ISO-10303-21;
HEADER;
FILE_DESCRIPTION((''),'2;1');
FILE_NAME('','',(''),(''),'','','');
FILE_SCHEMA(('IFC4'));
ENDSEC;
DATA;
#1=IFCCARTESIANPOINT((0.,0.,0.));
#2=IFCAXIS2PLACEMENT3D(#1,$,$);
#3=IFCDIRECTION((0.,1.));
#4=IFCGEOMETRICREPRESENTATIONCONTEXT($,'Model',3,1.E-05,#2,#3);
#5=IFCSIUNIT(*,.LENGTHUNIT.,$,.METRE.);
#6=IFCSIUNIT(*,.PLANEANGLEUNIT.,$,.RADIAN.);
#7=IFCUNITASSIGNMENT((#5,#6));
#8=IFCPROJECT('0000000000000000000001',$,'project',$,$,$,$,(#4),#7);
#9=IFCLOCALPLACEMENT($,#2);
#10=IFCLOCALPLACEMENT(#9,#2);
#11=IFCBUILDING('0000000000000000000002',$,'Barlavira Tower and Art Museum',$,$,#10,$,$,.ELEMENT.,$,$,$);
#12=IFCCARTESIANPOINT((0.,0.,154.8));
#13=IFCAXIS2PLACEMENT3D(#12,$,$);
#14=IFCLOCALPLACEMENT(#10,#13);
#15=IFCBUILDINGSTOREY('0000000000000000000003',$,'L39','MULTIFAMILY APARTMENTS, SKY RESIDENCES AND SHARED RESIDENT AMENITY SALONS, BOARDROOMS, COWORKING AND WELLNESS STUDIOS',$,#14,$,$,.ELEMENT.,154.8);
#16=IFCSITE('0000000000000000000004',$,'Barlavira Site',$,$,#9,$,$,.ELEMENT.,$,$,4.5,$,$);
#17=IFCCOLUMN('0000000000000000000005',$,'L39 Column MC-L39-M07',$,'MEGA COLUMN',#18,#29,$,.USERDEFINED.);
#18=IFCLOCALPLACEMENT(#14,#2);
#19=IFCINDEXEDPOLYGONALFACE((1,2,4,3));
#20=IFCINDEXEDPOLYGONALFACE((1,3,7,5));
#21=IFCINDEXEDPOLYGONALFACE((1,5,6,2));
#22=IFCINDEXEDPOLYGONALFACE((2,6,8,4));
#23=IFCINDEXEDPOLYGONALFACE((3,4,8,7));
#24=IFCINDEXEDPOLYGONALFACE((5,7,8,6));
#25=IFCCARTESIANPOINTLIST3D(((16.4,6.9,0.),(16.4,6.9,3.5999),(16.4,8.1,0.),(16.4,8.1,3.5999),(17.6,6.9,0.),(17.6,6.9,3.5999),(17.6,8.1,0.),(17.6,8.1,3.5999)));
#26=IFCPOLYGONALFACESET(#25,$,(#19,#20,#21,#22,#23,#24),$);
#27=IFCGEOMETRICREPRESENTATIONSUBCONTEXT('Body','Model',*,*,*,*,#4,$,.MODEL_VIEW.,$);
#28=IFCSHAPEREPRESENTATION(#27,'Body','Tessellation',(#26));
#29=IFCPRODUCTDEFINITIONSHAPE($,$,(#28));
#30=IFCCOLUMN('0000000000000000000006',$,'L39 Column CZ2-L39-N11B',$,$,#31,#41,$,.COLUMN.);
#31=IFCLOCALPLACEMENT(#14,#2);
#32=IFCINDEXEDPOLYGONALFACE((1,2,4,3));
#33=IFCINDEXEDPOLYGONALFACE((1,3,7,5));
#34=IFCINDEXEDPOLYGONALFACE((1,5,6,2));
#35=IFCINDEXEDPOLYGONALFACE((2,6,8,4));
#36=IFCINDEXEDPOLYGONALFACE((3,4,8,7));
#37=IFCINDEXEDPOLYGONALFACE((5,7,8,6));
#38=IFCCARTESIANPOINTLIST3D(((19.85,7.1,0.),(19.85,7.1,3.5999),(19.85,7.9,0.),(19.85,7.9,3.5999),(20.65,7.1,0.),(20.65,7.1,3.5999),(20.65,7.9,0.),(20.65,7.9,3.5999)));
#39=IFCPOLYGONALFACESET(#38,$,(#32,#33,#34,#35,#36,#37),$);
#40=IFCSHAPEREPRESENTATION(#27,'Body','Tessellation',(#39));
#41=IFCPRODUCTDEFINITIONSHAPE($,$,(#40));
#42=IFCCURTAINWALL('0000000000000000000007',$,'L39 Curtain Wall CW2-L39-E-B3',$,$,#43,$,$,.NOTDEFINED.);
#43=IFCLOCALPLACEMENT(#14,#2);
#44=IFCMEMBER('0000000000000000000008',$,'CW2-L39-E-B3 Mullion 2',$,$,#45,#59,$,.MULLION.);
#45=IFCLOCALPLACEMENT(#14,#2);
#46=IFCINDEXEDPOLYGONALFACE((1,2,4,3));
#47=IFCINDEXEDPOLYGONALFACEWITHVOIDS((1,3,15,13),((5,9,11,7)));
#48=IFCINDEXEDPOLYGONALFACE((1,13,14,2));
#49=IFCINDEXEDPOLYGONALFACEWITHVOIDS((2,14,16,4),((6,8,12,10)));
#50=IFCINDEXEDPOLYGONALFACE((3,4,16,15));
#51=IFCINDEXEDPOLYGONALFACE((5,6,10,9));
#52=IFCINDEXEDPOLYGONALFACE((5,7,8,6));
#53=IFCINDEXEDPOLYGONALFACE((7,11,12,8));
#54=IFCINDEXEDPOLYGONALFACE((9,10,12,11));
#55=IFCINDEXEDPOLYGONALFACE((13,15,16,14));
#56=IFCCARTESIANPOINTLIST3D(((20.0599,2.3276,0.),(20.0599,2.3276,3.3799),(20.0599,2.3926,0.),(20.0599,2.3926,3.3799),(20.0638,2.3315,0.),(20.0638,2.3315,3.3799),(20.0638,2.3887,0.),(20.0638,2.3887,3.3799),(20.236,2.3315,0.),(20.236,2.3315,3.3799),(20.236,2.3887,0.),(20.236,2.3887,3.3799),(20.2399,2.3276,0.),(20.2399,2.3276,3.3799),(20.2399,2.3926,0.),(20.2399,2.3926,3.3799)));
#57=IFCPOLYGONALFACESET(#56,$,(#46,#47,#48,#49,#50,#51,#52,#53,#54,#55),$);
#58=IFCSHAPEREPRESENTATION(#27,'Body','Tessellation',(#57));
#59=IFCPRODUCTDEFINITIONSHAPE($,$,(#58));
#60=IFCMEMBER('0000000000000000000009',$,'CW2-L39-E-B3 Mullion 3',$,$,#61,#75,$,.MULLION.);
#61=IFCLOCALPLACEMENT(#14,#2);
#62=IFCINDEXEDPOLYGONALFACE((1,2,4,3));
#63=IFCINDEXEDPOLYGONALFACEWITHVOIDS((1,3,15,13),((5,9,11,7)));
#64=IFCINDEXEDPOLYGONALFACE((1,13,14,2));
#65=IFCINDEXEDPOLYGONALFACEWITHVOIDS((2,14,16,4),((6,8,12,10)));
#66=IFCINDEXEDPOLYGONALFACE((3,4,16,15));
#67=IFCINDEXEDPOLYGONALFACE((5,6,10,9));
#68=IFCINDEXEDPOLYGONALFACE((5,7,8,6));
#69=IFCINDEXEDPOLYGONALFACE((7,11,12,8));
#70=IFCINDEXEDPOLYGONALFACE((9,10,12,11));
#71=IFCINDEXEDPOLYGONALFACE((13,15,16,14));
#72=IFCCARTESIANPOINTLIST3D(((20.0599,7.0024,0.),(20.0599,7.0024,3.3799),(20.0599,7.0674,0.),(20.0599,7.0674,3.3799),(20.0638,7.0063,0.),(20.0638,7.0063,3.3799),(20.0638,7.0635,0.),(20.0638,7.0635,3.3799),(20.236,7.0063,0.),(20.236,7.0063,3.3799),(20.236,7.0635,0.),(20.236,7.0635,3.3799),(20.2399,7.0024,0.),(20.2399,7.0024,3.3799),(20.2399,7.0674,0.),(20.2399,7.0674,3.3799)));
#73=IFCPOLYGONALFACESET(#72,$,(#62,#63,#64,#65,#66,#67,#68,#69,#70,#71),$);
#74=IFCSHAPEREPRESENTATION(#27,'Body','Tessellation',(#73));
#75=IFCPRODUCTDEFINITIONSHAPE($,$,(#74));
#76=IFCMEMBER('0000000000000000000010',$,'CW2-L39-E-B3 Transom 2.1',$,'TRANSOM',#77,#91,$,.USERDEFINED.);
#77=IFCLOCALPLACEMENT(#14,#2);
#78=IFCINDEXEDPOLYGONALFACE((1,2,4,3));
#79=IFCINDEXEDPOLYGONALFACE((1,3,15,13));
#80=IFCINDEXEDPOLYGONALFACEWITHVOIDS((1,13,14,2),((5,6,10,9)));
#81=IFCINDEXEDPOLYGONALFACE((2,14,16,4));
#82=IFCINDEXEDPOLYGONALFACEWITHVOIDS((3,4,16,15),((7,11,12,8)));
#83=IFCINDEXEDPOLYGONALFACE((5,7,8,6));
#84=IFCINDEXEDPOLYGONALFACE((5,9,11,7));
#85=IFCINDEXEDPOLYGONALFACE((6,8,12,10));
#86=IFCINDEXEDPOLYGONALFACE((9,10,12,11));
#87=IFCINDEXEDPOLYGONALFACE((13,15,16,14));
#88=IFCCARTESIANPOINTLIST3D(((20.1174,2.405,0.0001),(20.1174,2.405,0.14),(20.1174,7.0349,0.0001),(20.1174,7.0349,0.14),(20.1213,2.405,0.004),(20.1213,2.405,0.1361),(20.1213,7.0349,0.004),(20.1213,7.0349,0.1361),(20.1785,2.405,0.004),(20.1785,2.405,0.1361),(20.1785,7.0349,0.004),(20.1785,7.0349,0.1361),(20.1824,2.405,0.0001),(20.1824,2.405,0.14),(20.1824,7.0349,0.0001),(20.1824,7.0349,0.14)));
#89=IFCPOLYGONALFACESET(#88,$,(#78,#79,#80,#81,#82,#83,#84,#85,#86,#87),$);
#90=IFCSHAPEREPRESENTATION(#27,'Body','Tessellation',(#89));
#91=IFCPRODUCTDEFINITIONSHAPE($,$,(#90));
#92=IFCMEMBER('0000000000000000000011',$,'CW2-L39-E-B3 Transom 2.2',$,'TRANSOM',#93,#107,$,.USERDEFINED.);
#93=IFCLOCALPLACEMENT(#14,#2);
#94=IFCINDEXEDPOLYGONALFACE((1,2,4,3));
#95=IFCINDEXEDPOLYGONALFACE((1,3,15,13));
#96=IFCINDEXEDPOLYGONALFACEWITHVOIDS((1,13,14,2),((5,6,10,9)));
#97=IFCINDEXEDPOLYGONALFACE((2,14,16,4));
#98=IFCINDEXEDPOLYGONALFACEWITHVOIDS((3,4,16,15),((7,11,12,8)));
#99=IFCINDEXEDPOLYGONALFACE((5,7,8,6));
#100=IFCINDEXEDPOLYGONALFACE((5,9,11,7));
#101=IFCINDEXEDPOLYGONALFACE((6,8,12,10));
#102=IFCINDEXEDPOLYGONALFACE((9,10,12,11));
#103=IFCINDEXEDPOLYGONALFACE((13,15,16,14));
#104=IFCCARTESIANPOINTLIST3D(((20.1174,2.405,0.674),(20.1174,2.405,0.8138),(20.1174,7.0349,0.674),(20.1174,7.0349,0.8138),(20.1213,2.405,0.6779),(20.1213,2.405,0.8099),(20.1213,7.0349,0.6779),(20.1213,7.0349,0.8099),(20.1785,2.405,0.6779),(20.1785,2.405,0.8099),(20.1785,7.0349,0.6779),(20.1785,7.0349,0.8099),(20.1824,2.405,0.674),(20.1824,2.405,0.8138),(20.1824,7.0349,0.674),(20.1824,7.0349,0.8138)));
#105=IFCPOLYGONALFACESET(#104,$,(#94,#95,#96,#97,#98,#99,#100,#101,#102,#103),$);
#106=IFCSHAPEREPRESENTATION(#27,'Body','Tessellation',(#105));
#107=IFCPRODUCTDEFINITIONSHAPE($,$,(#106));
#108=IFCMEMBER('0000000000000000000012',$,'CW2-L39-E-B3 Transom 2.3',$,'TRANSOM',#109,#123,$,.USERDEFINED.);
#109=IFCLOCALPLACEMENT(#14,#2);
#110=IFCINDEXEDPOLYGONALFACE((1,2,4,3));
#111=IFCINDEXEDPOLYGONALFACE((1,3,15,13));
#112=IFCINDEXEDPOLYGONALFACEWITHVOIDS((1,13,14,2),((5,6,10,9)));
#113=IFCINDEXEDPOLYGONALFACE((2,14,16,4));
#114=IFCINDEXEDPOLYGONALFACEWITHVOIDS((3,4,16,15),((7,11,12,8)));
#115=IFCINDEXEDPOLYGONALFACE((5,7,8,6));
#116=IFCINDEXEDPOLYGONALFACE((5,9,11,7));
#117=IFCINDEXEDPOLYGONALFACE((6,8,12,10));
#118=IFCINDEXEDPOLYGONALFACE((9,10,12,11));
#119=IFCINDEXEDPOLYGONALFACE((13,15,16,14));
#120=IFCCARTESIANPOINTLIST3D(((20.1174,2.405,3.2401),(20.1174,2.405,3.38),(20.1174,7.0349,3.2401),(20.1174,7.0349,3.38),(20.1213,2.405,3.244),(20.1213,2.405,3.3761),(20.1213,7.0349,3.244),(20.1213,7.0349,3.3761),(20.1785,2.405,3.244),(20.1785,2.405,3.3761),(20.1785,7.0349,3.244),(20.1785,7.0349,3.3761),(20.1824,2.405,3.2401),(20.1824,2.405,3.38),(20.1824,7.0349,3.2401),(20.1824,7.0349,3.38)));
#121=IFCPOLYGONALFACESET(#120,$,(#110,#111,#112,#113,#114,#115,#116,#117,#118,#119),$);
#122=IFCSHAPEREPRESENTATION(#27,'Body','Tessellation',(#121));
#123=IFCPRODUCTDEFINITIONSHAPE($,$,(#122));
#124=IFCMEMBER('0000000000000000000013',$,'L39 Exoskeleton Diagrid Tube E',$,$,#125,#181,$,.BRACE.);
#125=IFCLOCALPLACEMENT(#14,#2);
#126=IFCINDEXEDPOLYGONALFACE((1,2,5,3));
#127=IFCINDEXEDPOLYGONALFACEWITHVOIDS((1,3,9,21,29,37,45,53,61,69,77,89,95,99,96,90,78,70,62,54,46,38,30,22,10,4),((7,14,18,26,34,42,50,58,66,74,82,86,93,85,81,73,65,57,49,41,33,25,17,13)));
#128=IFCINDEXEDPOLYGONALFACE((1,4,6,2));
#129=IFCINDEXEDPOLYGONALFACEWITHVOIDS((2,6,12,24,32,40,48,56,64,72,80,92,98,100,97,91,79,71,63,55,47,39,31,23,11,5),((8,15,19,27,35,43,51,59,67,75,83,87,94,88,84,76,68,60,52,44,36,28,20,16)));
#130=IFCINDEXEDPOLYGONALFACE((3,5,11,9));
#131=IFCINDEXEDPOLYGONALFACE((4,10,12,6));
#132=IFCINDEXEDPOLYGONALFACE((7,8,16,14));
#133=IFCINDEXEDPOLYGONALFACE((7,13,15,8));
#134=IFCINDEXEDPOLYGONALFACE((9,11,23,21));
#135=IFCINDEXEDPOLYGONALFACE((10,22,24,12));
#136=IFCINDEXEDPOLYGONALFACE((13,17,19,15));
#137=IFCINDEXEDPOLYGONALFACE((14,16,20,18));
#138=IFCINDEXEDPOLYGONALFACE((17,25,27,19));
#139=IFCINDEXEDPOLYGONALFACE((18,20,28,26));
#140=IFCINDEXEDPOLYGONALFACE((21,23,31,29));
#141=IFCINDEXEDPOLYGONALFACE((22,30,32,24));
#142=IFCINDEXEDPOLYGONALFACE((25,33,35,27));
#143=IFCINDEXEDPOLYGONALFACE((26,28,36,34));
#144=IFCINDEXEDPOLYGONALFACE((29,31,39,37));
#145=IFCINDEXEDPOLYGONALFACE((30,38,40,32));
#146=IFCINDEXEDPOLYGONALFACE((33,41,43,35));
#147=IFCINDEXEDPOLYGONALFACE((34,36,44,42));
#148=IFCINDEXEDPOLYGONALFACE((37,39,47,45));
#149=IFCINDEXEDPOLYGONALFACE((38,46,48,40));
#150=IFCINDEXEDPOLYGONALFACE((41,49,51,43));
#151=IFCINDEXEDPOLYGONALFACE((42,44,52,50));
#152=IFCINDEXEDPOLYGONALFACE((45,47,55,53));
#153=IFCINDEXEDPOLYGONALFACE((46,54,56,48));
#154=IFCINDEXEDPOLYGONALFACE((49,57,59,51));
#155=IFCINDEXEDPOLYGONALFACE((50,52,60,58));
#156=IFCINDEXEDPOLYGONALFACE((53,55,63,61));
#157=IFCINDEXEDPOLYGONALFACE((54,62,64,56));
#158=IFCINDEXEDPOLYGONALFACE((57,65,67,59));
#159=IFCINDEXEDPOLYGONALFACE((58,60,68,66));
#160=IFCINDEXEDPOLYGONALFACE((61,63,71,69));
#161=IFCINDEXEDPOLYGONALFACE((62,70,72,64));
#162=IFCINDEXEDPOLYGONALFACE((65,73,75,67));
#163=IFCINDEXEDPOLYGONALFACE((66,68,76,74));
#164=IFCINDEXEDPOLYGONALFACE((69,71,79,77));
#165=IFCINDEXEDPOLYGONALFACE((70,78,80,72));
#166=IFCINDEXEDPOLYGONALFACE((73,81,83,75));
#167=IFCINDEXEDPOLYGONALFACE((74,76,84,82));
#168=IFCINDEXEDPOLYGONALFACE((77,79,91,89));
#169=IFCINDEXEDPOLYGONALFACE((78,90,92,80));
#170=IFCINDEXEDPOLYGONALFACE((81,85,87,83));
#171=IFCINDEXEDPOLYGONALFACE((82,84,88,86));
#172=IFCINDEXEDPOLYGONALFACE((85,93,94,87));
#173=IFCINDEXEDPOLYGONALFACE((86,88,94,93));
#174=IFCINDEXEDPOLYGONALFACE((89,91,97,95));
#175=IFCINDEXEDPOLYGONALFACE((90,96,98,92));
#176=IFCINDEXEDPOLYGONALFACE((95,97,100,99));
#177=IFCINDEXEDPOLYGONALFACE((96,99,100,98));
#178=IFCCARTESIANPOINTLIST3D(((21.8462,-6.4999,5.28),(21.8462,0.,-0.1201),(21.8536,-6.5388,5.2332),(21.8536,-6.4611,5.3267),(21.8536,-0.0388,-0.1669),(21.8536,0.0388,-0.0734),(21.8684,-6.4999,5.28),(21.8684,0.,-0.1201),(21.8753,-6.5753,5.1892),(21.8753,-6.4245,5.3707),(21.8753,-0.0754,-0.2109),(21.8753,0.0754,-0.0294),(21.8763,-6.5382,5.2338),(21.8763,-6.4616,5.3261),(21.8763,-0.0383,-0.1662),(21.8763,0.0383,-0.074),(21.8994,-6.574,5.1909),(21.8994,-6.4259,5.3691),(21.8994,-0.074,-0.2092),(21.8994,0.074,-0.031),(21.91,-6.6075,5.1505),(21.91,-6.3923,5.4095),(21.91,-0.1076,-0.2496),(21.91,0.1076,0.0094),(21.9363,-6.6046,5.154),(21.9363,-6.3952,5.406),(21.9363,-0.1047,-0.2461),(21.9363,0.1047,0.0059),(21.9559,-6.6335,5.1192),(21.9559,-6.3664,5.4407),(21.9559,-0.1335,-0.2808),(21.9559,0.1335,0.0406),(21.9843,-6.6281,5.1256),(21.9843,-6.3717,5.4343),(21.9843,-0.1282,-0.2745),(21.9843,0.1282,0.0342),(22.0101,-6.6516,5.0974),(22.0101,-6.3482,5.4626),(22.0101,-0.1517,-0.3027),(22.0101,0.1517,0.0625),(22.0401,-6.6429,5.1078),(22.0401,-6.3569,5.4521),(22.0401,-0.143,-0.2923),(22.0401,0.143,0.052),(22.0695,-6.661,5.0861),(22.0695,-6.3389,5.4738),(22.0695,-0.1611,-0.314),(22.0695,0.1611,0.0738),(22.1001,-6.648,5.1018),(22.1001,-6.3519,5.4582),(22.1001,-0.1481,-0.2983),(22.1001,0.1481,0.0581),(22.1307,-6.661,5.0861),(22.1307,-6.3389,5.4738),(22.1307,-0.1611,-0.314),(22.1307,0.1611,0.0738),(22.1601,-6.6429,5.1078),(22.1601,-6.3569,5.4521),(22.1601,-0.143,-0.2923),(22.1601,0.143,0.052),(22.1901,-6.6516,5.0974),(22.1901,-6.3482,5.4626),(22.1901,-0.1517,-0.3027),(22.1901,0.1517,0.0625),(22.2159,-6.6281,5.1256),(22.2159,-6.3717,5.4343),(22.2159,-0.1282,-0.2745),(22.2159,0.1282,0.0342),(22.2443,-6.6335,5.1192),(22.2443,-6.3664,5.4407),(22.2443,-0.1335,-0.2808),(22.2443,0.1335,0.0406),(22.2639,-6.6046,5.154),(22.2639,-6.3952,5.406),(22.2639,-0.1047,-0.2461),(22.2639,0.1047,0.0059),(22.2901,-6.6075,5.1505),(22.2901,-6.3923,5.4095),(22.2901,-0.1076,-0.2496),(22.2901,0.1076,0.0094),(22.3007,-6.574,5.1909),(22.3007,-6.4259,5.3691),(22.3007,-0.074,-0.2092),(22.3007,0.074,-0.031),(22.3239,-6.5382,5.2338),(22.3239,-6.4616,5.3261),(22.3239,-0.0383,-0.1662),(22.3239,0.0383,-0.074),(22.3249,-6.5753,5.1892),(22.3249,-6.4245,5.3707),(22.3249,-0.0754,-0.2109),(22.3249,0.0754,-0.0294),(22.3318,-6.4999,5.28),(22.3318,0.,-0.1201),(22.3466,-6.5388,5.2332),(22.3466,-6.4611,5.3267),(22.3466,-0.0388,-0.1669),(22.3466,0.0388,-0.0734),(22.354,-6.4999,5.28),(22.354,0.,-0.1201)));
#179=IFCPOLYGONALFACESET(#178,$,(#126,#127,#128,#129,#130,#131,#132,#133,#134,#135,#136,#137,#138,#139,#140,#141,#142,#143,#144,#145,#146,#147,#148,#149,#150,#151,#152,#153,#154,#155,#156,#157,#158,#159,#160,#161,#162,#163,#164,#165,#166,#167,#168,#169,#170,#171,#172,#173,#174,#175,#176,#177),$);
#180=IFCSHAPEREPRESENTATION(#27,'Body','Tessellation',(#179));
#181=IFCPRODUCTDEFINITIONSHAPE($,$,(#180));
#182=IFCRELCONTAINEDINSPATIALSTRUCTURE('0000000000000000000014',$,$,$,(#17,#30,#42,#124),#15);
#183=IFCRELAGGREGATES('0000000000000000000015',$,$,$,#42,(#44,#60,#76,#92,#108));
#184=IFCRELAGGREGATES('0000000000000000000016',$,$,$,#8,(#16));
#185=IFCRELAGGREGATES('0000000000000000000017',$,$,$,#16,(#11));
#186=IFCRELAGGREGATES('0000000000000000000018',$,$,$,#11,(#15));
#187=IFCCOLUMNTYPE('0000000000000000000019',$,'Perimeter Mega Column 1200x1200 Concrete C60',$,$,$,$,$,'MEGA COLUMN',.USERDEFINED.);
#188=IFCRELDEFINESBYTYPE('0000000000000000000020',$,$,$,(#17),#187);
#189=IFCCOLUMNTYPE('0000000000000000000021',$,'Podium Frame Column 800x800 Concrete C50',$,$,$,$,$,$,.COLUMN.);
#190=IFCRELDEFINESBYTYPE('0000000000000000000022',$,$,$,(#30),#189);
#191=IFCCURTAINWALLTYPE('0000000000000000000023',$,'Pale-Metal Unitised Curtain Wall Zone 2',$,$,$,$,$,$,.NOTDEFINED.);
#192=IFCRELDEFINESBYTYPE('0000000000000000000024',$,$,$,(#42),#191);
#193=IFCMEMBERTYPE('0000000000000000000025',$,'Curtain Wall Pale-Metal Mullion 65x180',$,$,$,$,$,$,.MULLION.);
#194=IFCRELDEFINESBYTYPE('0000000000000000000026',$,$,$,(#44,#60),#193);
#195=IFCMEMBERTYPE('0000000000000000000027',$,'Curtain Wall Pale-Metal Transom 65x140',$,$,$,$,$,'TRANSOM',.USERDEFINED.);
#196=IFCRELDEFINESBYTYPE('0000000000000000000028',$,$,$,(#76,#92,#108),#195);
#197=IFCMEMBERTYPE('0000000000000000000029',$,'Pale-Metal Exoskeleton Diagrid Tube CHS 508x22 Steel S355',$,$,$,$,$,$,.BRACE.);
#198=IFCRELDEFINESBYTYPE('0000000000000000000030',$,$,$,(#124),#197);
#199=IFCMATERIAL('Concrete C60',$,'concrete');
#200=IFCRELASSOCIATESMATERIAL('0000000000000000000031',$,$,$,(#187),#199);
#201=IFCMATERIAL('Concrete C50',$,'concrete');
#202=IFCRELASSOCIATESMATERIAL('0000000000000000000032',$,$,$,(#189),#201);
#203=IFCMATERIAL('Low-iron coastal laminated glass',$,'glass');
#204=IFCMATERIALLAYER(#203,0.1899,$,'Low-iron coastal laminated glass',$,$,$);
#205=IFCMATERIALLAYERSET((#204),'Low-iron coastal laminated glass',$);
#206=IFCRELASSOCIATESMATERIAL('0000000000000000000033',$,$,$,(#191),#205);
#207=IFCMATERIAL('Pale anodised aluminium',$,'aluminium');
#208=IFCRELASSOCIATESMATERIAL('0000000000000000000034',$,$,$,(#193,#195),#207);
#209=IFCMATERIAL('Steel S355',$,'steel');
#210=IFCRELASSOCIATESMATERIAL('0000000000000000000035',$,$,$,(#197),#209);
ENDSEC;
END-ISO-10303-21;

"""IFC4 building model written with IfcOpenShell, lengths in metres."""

from ifc_helpers import new_model, si_unit, direction, frame, origin, origin_2d, place, context, subcontext, project, spatial, rectangle, hollow_rectangle, hollow_circle, extrude, material, layer, layer_set, material_profile, profile_set, type_object, element, aggregate, save


model = new_model("IFC4")

# Units and contexts
model_context = context("Model", 3, precision=1e-05, world=origin(), true_north=direction((0.0, 1.0)))
body_context = subcontext(model_context, "Body", "Model", "MODEL_VIEW")
ifc_project = project(units=[si_unit("LENGTHUNIT", "METRE"), si_unit("PLANEANGLEUNIT", "RADIAN")], contexts=[model_context])

# Site, building, storey
site_placement = place(None, origin())
site = spatial("IfcSite", under=ifc_project, at=site_placement, Name="Barlavira Site", CompositionType="ELEMENT", RefElevation=4.5)
building_placement = place(site_placement, origin())
building = spatial("IfcBuilding", under=site, at=building_placement, Name="Barlavira Tower and Art Museum", CompositionType="ELEMENT")
storey_placement = place(building_placement, frame((0.0, 0.0, 154.8)))
storey = spatial("IfcBuildingStorey", under=building, at=storey_placement, Name="L39", Description="MULTIFAMILY APARTMENTS, SKY RESIDENCES AND SHARED RESIDENT AMENITY SALONS, BOARDROOMS, COWORKING AND WELLNESS STUDIOS", CompositionType="ELEMENT", Elevation=154.8)

# Columns
ifc_material_1 = material(Name="Concrete C60", Category="concrete")
ifc_material_profile_1 = material_profile(ifc_material_1, rectangle(XDim=1.2, YDim=1.2, at=origin_2d()), Name="RC-COL 1200x1200")
ifc_profile_set_1 = profile_set([ifc_material_profile_1], Name="Concrete C60")
column_type_1 = type_object("IfcColumnType", Name="Perimeter Mega Column 1200x1200 Concrete C60", ElementType="MEGA COLUMN", PredefinedType="USERDEFINED", material=ifc_profile_set_1)
column_1_placement = place(storey_placement, frame((17.0, 7.5, 0.0), z_axis=(0.0, 0.0, 1.0), x_axis=(1.0, 0.0, 0.0)))
element("IfcColumn", 1, at=column_1_placement, inside=storey, type_object=column_type_1, Name="L39 Column MC-L39-M07", ObjectType="MEGA COLUMN", PredefinedType="USERDEFINED", context=body_context, shape_type="SweptSolid", body=[
    extrude(rectangle(XDim=1.2, YDim=1.2, at=origin_2d()), origin(), (0.0, 0.0, 1.0), 3.5999),
])
ifc_material_2 = material(Name="Concrete C50", Category="concrete")
ifc_material_profile_2 = material_profile(ifc_material_2, rectangle(XDim=0.8, YDim=0.8, at=origin_2d()), Name="RC-COL 800x800")
ifc_profile_set_2 = profile_set([ifc_material_profile_2], Name="Concrete C50")
column_type_2 = type_object("IfcColumnType", Name="Podium Frame Column 800x800 Concrete C50", PredefinedType="COLUMN", material=ifc_profile_set_2)
column_2_placement = place(storey_placement, frame((20.25, 7.5, 0.0), z_axis=(0.0, 0.0, 1.0), x_axis=(1.0, 0.0, 0.0)))
element("IfcColumn", 2, at=column_2_placement, inside=storey, type_object=column_type_2, Name="L39 Column CZ2-L39-N11B", PredefinedType="COLUMN", context=body_context, shape_type="SweptSolid", body=[
    extrude(rectangle(XDim=0.8, YDim=0.8, at=origin_2d()), origin(), (0.0, 0.0, 1.0), 3.5999),
])

# Curtain wall, members
ifc_material_3 = material(Name="Low-iron coastal laminated glass", Category="glass")
ifc_layer_1 = layer(ifc_material_3, 0.1899, Name="Low-iron coastal laminated glass")
ifc_layer_set_1 = layer_set([ifc_layer_1], Name="Low-iron coastal laminated glass")
curtain_wall_type = type_object("IfcCurtainWallType", Name="Pale-Metal Unitised Curtain Wall Zone 2", PredefinedType="NOTDEFINED", material=ifc_layer_set_1)
curtain_wall_placement = place(storey_placement, origin())
curtain_wall = element("IfcCurtainWall", 3, at=curtain_wall_placement, inside=storey, type_object=curtain_wall_type, Name="L39 Curtain Wall CW2-L39-E-B3", PredefinedType="NOTDEFINED")
ifc_material_4 = material(Name="Pale anodised aluminium", Category="aluminium")
ifc_material_profile_3 = material_profile(ifc_material_4, hollow_rectangle(XDim=0.0649, YDim=0.1799, WallThickness=0.0039, at=origin_2d()), Name="ALU-MULL 65x180x4")
ifc_profile_set_3 = profile_set([ifc_material_profile_3], Name="Pale anodised aluminium")
member_type_1 = type_object("IfcMemberType", Name="Curtain Wall Pale-Metal Mullion 65x180", PredefinedType="MULLION", material=ifc_profile_set_3)
member_1_placement = place(storey_placement, frame((20.1499, 2.3601, 0.0), z_axis=(0.0, 0.0, 1.0), x_axis=(0.0, 1.0, 0.0)))
member_1 = element("IfcMember", 4, at=member_1_placement, type_object=member_type_1, Name="CW2-L39-E-B3 Mullion 2", PredefinedType="MULLION", context=body_context, shape_type="SweptSolid", body=[
    extrude(hollow_rectangle(XDim=0.0649, YDim=0.1799, WallThickness=0.0039, at=origin_2d()), origin(), (0.0, 0.0, 1.0), 3.3799),
])
member_2_placement = place(storey_placement, frame((20.1499, 7.0349, 0.0), z_axis=(0.0, 0.0, 1.0), x_axis=(0.0, 1.0, 0.0)))
member_2 = element("IfcMember", 5, at=member_2_placement, type_object=member_type_1, Name="CW2-L39-E-B3 Mullion 3", PredefinedType="MULLION", context=body_context, shape_type="SweptSolid", body=[
    extrude(hollow_rectangle(XDim=0.0649, YDim=0.1799, WallThickness=0.0039, at=origin_2d()), origin(), (0.0, 0.0, 1.0), 3.3799),
])
ifc_material_profile_4 = material_profile(ifc_material_4, hollow_rectangle(XDim=0.0649, YDim=0.1399, WallThickness=0.0039, at=origin_2d()), Name="ALU-TRAN 65x140x4")
ifc_profile_set_4 = profile_set([ifc_material_profile_4], Name="Pale anodised aluminium")
member_type_2 = type_object("IfcMemberType", Name="Curtain Wall Pale-Metal Transom 65x140", ElementType="TRANSOM", PredefinedType="USERDEFINED", material=ifc_profile_set_4)
member_3_placement = place(storey_placement, frame((20.1499, 2.405, 0.0701), z_axis=(0.0, 1.0, 0.0), x_axis=(-1.0, 0.0, 0.0)))
member_3 = element("IfcMember", 6, at=member_3_placement, type_object=member_type_2, Name="CW2-L39-E-B3 Transom 2.1", ObjectType="TRANSOM", PredefinedType="USERDEFINED", context=body_context, shape_type="SweptSolid", body=[
    extrude(hollow_rectangle(XDim=0.0649, YDim=0.1399, WallThickness=0.0039, at=origin_2d()), origin(), (0.0, 0.0, 1.0), 4.6299),
])
member_4_placement = place(storey_placement, frame((20.1499, 2.405, 0.7439), z_axis=(0.0, 1.0, 0.0), x_axis=(-1.0, 0.0, 0.0)))
member_4 = element("IfcMember", 7, at=member_4_placement, type_object=member_type_2, Name="CW2-L39-E-B3 Transom 2.2", ObjectType="TRANSOM", PredefinedType="USERDEFINED", context=body_context, shape_type="SweptSolid", body=[
    extrude(hollow_rectangle(XDim=0.0649, YDim=0.1399, WallThickness=0.0039, at=origin_2d()), origin(), (0.0, 0.0, 1.0), 4.6299),
])
member_5_placement = place(storey_placement, frame((20.1499, 2.405, 3.3101), z_axis=(0.0, 1.0, 0.0), x_axis=(-1.0, 0.0, 0.0)))
member_5 = element("IfcMember", 8, at=member_5_placement, type_object=member_type_2, Name="CW2-L39-E-B3 Transom 2.3", ObjectType="TRANSOM", PredefinedType="USERDEFINED", context=body_context, shape_type="SweptSolid", body=[
    extrude(hollow_rectangle(XDim=0.0649, YDim=0.1399, WallThickness=0.0039, at=origin_2d()), origin(), (0.0, 0.0, 1.0), 4.6299),
])

# Member
ifc_material_5 = material(Name="Steel S355", Category="steel")
ifc_material_profile_5 = material_profile(ifc_material_5, hollow_circle(Radius=0.2539, WallThickness=0.0222, at=origin_2d()), Name="CHS 508.0x22.2")
ifc_profile_set_5 = profile_set([ifc_material_profile_5], Name="Steel S355")
member_type_3 = type_object("IfcMemberType", Name="Pale-Metal Exoskeleton Diagrid Tube CHS 508x22 Steel S355", PredefinedType="BRACE", material=ifc_profile_set_5)
for number, where, z_axis, x_axis, name in (
    (9, (22.1001, 0.0, -0.1201), (0.0, -0.769182, 0.63903), (1.0, 0.0, 0.0), "L39 Exoskeleton Diagrid Tube E"),
):
    element("IfcMember", number, at=place(storey_placement, frame(where, z_axis=z_axis, x_axis=x_axis)), inside=storey, type_object=member_type_3, Name=name, PredefinedType="BRACE", context=body_context, shape_type="SweptSolid", body=[
        extrude(hollow_circle(Radius=0.2539, WallThickness=0.0222, at=origin_2d()), origin(), (0.0, 0.0, 1.0), 8.4504),
    ])

aggregate(curtain_wall, [member_1, member_2, member_3, member_4, member_5])

save(model, "model.ifc")
